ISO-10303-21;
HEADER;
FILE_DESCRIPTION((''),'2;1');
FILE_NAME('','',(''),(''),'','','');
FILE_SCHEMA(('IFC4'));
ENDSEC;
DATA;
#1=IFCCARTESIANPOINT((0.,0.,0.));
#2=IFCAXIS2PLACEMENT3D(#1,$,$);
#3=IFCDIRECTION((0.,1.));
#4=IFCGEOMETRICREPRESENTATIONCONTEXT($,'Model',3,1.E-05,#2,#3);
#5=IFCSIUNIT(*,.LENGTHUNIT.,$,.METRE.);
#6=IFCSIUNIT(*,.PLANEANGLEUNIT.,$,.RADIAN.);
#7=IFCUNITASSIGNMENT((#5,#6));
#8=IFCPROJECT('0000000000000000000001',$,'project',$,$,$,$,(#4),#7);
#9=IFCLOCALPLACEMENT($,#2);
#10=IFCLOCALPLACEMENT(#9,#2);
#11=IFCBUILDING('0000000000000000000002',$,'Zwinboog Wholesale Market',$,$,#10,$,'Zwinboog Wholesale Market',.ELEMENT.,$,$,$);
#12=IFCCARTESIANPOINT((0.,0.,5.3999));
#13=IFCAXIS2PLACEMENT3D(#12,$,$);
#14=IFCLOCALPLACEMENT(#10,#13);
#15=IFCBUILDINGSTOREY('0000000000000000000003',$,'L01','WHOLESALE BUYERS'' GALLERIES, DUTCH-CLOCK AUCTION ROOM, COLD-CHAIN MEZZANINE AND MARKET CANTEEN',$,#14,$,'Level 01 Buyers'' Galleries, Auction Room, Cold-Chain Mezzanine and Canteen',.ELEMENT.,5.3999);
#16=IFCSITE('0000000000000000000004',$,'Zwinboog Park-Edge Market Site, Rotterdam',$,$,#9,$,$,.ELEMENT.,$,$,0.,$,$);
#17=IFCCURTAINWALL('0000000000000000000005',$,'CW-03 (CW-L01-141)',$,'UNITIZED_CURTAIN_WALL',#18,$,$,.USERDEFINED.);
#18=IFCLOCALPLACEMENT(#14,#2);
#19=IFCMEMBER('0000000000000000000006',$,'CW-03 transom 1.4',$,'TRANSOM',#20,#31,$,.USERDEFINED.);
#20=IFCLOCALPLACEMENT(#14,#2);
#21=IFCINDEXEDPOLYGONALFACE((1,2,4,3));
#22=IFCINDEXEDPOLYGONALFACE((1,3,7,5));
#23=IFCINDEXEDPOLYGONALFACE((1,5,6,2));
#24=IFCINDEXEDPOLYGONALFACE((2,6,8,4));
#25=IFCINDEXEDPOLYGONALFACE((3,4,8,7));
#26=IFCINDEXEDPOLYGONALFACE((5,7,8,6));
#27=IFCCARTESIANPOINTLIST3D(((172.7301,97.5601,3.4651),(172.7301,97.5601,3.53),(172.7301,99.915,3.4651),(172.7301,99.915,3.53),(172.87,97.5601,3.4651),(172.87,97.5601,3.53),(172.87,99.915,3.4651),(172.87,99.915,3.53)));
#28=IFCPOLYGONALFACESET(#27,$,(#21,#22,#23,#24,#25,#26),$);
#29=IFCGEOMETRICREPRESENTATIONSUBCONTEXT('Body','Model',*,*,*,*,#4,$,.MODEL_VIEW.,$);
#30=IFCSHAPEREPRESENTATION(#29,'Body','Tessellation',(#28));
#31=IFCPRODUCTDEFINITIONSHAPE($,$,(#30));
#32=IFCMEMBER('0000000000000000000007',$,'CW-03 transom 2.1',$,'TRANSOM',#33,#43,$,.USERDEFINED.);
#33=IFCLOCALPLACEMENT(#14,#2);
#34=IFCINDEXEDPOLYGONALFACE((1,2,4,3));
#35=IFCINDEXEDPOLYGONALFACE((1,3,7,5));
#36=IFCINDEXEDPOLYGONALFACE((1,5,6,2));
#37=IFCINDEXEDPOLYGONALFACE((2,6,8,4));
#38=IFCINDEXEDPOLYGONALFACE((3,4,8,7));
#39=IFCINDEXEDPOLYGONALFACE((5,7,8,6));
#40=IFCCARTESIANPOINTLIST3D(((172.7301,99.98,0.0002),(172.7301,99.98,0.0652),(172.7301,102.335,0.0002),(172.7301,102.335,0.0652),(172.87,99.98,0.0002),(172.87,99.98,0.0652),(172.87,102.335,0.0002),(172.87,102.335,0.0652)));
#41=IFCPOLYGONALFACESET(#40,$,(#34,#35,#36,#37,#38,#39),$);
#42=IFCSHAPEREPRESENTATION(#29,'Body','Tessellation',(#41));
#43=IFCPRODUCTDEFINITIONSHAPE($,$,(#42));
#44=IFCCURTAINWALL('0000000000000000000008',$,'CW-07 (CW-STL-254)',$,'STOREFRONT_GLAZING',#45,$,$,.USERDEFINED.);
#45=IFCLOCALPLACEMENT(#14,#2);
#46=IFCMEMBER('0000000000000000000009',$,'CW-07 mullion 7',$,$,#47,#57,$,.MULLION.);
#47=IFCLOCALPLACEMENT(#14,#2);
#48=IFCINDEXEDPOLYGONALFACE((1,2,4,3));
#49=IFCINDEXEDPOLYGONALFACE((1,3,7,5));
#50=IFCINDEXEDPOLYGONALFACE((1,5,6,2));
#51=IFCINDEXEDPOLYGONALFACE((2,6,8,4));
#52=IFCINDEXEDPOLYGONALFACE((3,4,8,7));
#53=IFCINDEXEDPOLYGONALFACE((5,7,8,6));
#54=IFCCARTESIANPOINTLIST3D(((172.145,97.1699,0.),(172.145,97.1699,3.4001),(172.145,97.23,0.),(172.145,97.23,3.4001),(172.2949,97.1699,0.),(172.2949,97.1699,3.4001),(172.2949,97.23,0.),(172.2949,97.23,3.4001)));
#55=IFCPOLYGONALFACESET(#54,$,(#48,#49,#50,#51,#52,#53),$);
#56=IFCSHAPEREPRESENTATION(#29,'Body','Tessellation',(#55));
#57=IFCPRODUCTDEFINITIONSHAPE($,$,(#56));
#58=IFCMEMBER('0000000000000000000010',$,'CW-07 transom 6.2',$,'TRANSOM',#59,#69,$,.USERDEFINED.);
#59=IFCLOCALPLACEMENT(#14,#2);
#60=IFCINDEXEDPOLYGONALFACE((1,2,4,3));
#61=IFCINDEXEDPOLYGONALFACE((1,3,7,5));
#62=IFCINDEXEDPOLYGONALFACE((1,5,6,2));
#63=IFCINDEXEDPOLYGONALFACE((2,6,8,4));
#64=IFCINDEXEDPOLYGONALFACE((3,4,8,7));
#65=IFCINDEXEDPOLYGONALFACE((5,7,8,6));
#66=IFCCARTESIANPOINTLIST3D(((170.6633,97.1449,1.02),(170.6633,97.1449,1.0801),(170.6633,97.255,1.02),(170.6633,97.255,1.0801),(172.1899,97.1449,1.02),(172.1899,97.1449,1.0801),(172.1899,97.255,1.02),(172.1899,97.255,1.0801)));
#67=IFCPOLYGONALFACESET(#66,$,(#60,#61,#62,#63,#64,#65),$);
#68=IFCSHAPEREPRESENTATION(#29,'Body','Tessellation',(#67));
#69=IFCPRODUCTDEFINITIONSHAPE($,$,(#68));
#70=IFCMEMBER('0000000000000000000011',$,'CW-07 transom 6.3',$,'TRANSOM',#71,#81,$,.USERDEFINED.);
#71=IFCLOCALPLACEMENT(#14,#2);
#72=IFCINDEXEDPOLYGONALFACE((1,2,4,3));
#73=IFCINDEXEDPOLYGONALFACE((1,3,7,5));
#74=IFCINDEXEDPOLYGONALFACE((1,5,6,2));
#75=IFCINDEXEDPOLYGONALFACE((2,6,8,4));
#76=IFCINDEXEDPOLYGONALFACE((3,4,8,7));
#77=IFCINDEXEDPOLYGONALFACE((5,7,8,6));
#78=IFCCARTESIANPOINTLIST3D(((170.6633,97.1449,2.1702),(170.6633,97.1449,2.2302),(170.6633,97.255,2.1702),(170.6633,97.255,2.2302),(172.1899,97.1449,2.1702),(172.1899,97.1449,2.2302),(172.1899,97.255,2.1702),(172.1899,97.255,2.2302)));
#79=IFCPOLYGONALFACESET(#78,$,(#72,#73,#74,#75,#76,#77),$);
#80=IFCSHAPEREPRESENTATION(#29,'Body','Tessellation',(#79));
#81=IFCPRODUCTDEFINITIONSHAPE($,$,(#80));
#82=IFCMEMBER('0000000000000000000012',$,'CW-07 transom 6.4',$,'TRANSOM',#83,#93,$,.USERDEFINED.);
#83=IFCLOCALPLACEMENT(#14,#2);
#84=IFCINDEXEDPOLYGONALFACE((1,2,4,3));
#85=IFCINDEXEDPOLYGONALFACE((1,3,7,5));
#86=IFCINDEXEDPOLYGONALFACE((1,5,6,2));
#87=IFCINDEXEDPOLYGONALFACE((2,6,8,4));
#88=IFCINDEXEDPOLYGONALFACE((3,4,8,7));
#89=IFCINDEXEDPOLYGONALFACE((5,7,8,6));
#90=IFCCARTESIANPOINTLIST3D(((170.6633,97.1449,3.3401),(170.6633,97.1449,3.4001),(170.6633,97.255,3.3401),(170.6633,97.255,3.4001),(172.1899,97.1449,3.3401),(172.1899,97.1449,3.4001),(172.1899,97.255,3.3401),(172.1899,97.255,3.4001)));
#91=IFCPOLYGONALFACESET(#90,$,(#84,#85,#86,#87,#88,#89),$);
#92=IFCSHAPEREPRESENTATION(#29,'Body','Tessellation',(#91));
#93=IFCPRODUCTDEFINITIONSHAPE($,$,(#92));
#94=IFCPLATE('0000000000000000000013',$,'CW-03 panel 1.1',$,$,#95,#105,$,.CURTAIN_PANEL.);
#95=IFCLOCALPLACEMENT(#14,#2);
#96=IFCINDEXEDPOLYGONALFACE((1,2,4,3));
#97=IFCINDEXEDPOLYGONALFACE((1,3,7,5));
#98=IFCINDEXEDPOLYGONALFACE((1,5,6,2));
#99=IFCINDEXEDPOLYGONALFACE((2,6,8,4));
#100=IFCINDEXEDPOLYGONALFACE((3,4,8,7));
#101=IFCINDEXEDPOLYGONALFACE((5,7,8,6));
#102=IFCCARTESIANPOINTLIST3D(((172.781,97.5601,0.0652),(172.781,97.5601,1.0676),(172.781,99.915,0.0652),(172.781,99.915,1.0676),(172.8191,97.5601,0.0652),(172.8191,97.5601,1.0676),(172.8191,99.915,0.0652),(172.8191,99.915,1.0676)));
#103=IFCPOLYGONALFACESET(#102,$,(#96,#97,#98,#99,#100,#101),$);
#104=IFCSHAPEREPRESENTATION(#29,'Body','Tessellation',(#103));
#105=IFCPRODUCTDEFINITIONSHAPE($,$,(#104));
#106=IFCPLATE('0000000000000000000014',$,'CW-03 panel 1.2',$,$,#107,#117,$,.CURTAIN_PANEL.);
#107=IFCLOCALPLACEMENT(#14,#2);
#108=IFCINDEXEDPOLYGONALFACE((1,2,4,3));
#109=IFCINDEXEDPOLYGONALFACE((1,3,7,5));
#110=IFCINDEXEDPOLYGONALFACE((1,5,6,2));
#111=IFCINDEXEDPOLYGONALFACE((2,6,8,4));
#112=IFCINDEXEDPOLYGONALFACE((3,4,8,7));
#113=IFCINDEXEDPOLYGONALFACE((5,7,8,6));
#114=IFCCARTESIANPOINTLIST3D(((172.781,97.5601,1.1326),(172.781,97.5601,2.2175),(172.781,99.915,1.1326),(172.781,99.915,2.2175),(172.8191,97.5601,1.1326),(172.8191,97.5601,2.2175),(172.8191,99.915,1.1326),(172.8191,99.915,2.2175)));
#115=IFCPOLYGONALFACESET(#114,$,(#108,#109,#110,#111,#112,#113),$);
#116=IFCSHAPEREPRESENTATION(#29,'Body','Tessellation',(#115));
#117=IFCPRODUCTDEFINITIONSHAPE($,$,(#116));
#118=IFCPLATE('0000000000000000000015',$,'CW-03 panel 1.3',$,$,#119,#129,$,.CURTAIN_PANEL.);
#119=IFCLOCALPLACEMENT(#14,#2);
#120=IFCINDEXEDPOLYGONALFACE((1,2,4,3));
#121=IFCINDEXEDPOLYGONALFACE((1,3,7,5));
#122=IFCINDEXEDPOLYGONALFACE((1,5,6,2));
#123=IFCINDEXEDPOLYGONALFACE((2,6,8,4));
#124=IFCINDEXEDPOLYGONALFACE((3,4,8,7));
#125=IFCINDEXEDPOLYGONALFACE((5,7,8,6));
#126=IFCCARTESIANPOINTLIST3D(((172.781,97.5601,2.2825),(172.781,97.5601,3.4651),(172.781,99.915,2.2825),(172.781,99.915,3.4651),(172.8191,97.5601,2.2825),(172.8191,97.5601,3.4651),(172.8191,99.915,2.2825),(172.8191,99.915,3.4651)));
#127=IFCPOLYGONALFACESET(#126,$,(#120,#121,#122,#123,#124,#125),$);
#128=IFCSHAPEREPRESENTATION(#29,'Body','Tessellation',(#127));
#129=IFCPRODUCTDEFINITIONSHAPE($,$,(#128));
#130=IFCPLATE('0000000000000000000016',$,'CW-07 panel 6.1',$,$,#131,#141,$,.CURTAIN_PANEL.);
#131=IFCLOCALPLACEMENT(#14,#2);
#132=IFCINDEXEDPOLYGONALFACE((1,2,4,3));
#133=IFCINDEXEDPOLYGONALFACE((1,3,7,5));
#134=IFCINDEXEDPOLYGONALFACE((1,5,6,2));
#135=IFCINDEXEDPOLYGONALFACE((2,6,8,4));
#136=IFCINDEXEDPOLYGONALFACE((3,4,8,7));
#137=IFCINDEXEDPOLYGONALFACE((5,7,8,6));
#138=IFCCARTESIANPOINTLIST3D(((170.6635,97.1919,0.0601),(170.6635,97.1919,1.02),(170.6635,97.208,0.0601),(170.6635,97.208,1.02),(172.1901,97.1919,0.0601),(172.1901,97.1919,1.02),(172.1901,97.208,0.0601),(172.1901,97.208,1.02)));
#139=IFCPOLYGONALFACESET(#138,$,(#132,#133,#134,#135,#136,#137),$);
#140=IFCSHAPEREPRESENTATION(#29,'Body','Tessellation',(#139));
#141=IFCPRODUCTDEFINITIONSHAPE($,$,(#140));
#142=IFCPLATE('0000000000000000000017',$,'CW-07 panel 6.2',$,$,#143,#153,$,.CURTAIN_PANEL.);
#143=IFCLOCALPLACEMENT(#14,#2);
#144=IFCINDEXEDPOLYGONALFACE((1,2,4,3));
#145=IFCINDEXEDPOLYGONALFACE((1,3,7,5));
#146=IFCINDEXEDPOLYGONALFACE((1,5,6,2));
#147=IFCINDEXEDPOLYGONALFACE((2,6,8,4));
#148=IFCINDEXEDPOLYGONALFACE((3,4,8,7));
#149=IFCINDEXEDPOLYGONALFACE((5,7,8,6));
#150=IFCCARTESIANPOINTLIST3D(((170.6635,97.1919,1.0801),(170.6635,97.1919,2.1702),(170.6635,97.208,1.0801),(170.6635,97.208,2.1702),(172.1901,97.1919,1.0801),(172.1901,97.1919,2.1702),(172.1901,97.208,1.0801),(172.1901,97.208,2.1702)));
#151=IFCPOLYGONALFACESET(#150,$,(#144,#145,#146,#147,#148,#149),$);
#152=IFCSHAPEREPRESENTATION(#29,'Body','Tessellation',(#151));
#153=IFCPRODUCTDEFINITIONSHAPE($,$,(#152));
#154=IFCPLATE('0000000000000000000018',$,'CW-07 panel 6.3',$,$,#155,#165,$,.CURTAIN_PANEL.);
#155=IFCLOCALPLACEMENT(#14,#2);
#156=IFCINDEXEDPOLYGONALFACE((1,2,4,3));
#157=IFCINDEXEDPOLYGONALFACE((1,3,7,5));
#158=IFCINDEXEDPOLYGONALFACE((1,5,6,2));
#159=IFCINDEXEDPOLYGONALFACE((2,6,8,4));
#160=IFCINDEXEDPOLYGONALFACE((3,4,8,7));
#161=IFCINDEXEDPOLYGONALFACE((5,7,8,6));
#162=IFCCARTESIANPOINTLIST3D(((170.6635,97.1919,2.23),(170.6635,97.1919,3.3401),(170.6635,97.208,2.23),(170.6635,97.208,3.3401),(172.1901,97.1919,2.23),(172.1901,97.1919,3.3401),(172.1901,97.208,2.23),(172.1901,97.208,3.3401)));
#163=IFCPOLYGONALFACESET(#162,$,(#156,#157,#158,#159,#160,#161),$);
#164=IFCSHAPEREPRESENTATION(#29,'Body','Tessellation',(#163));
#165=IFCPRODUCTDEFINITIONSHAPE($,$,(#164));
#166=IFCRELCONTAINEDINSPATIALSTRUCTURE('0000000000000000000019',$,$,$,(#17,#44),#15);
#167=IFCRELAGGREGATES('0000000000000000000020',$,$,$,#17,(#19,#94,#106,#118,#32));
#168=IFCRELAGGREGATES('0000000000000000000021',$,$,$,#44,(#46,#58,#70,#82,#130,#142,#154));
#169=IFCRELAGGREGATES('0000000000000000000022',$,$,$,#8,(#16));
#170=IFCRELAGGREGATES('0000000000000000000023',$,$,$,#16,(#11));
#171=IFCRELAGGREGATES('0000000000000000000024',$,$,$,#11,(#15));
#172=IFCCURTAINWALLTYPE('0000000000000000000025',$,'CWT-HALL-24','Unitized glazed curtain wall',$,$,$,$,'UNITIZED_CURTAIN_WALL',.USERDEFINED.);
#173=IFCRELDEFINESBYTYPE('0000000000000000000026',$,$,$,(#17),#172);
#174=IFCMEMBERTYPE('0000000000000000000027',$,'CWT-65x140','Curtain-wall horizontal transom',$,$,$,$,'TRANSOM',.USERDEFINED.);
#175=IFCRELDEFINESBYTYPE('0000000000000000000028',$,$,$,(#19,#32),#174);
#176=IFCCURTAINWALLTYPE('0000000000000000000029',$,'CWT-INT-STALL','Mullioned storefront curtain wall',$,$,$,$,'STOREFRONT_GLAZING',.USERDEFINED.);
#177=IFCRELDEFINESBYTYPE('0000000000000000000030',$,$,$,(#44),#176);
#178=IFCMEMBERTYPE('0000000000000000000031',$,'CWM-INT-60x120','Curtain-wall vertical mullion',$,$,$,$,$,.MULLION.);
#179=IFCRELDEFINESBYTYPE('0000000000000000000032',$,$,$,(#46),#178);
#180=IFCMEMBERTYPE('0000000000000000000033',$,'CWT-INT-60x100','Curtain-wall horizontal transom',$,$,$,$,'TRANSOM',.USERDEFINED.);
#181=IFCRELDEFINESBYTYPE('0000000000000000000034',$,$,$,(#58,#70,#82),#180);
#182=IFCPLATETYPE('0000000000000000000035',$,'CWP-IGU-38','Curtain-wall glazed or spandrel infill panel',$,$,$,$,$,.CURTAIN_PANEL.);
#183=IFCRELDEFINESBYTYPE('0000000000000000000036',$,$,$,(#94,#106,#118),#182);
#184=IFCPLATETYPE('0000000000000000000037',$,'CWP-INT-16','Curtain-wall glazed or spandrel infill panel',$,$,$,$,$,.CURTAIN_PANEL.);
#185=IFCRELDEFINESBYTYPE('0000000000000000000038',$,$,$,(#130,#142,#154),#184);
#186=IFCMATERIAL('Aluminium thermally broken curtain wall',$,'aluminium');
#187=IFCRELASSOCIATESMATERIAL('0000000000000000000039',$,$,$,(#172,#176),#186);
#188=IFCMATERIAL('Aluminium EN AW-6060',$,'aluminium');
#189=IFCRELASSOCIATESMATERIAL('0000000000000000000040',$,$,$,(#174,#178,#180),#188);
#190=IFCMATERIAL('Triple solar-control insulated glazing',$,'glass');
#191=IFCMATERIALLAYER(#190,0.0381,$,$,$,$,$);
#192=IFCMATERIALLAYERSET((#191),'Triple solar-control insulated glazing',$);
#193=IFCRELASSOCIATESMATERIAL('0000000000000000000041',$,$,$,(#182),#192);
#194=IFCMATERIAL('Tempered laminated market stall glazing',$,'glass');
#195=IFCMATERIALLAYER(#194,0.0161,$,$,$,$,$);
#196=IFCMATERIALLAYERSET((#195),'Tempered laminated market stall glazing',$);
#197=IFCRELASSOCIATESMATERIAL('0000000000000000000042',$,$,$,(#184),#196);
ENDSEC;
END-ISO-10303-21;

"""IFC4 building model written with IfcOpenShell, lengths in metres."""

from ifc_helpers import new_model, si_unit, direction, frame, origin, origin_2d, place, context, subcontext, project, spatial, rectangle, extrude, material, layer, layer_set, material_profile, profile_set, type_object, element, aggregate, save


model = new_model("IFC4")

# Units and contexts
model_context = context("Model", 3, precision=1e-05, world=origin(), true_north=direction((0.0, 1.0)))
body_context = subcontext(model_context, "Body", "Model", "MODEL_VIEW")
ifc_project = project(units=[si_unit("LENGTHUNIT", "METRE"), si_unit("PLANEANGLEUNIT", "RADIAN")], contexts=[model_context])

# Site, building, storey
site_placement = place(None, origin())
site = spatial("IfcSite", under=ifc_project, at=site_placement, Name="Zwinboog Park-Edge Market Site, Rotterdam", CompositionType="ELEMENT", RefElevation=0.0)
building_placement = place(site_placement, origin())
building = spatial("IfcBuilding", under=site, at=building_placement, Name="Zwinboog Wholesale Market", LongName="Zwinboog Wholesale Market", CompositionType="ELEMENT")
storey_placement = place(building_placement, frame((0.0, 0.0, 5.3999)))
storey = spatial("IfcBuildingStorey", under=building, at=storey_placement, Name="L01", Description="WHOLESALE BUYERS' GALLERIES, DUTCH-CLOCK AUCTION ROOM, COLD-CHAIN MEZZANINE AND MARKET CANTEEN", LongName="Level 01 Buyers' Galleries, Auction Room, Cold-Chain Mezzanine and Canteen", CompositionType="ELEMENT", Elevation=5.3999)

# Curtain walls, members
ifc_material_1 = material(Name="Aluminium thermally broken curtain wall", Category="aluminium")
curtain_wall_type_1 = type_object("IfcCurtainWallType", Name="CWT-HALL-24", Description="Unitized glazed curtain wall", ElementType="UNITIZED_CURTAIN_WALL", PredefinedType="USERDEFINED", material=ifc_material_1)
curtain_wall_1_placement = place(storey_placement, origin())
curtain_wall_1 = element("IfcCurtainWall", 1, at=curtain_wall_1_placement, inside=storey, type_object=curtain_wall_type_1, Name="CW-03 (CW-L01-141)", ObjectType="UNITIZED_CURTAIN_WALL", PredefinedType="USERDEFINED")
ifc_material_2 = material(Name="Aluminium EN AW-6060", Category="aluminium")
ifc_material_profile_1 = material_profile(ifc_material_2, rectangle(XDim=0.1399, YDim=0.0649, at=origin_2d()), Name="AL 65x140")
ifc_profile_set_1 = profile_set([ifc_material_profile_1], Name="Aluminium EN AW-6060")
member_type_1 = type_object("IfcMemberType", Name="CWT-65x140", Description="Curtain-wall horizontal transom", ElementType="TRANSOM", PredefinedType="USERDEFINED", material=ifc_profile_set_1)
member_1_placement = place(storey_placement, frame((172.8, 97.5601, 3.4976), z_axis=(0.0, 1.0, 0.0), x_axis=(-1.0, 0.0, 0.0)))
member_1 = element("IfcMember", 2, at=member_1_placement, type_object=member_type_1, Name="CW-03 transom 1.4", ObjectType="TRANSOM", PredefinedType="USERDEFINED", context=body_context, shape_type="SweptSolid", body=[
    extrude(rectangle(XDim=0.1399, YDim=0.0649, at=origin_2d()), origin(), (0.0, 0.0, 1.0), 2.355),
])
member_2_placement = place(storey_placement, frame((172.8, 99.98, 0.0327), z_axis=(0.0, 1.0, 0.0), x_axis=(-1.0, 0.0, 0.0)))
member_2 = element("IfcMember", 3, at=member_2_placement, type_object=member_type_1, Name="CW-03 transom 2.1", ObjectType="TRANSOM", PredefinedType="USERDEFINED", context=body_context, shape_type="SweptSolid", body=[
    extrude(rectangle(XDim=0.1399, YDim=0.0649, at=origin_2d()), origin(), (0.0, 0.0, 1.0), 2.355),
])
curtain_wall_type_2 = type_object("IfcCurtainWallType", Name="CWT-INT-STALL", Description="Mullioned storefront curtain wall", ElementType="STOREFRONT_GLAZING", PredefinedType="USERDEFINED", material=ifc_material_1)
curtain_wall_2_placement = place(storey_placement, origin())
curtain_wall_2 = element("IfcCurtainWall", 4, at=curtain_wall_2_placement, inside=storey, type_object=curtain_wall_type_2, Name="CW-07 (CW-STL-254)", ObjectType="STOREFRONT_GLAZING", PredefinedType="USERDEFINED")
ifc_material_profile_2 = material_profile(ifc_material_2, rectangle(XDim=0.0601, YDim=0.1499, at=origin_2d()), Name="AL 60x150")
ifc_profile_set_2 = profile_set([ifc_material_profile_2], Name="Aluminium EN AW-6060")
member_type_2 = type_object("IfcMemberType", Name="CWM-INT-60x120", Description="Curtain-wall vertical mullion", PredefinedType="MULLION", material=ifc_profile_set_2)
member_3_placement = place(storey_placement, frame((172.22, 97.2, 0.0), z_axis=(0.0, 0.0, 1.0), x_axis=(0.0, 1.0, 0.0)))
member_3 = element("IfcMember", 5, at=member_3_placement, type_object=member_type_2, Name="CW-07 mullion 7", PredefinedType="MULLION", context=body_context, shape_type="SweptSolid", body=[
    extrude(rectangle(XDim=0.0601, YDim=0.1499, at=origin_2d()), origin(), (0.0, 0.0, 1.0), 3.4001),
])
ifc_material_profile_3 = material_profile(ifc_material_2, rectangle(XDim=0.1101, YDim=0.0601, at=origin_2d()), Name="AL 60x110")
ifc_profile_set_3 = profile_set([ifc_material_profile_3], Name="Aluminium EN AW-6060")
member_type_3 = type_object("IfcMemberType", Name="CWT-INT-60x100", Description="Curtain-wall horizontal transom", ElementType="TRANSOM", PredefinedType="USERDEFINED", material=ifc_profile_set_3)
member_4_placement = place(storey_placement, frame((170.6633, 97.2, 1.05), z_axis=(1.0, 0.0, 0.0), x_axis=(0.0, 1.0, 0.0)))
member_4 = element("IfcMember", 6, at=member_4_placement, type_object=member_type_3, Name="CW-07 transom 6.2", ObjectType="TRANSOM", PredefinedType="USERDEFINED", context=body_context, shape_type="SweptSolid", body=[
    extrude(rectangle(XDim=0.1101, YDim=0.0601, at=origin_2d()), origin(), (0.0, 0.0, 1.0), 1.5266),
])
member_5_placement = place(storey_placement, frame((170.6633, 97.2, 2.2002), z_axis=(1.0, 0.0, 0.0), x_axis=(0.0, 1.0, 0.0)))
member_5 = element("IfcMember", 7, at=member_5_placement, type_object=member_type_3, Name="CW-07 transom 6.3", ObjectType="TRANSOM", PredefinedType="USERDEFINED", context=body_context, shape_type="SweptSolid", body=[
    extrude(rectangle(XDim=0.1101, YDim=0.0601, at=origin_2d()), origin(), (0.0, 0.0, 1.0), 1.5266),
])
member_6_placement = place(storey_placement, frame((170.6633, 97.2, 3.3701), z_axis=(1.0, 0.0, 0.0), x_axis=(0.0, 1.0, 0.0)))
member_6 = element("IfcMember", 8, at=member_6_placement, type_object=member_type_3, Name="CW-07 transom 6.4", ObjectType="TRANSOM", PredefinedType="USERDEFINED", context=body_context, shape_type="SweptSolid", body=[
    extrude(rectangle(XDim=0.1101, YDim=0.0601, at=origin_2d()), origin(), (0.0, 0.0, 1.0), 1.5266),
])

# Plates
ifc_material_3 = material(Name="Triple solar-control insulated glazing", Category="glass")
ifc_layer_1 = layer(ifc_material_3, 0.0381)
ifc_layer_set_1 = layer_set([ifc_layer_1], Name="Triple solar-control insulated glazing")
plate_type_1 = type_object("IfcPlateType", Name="CWP-IGU-38", Description="Curtain-wall glazed or spandrel infill panel", PredefinedType="CURTAIN_PANEL", material=ifc_layer_set_1)
plate_1_placement = place(storey_placement, frame((172.8, 98.7375, 0.0652), z_axis=(0.0, 0.0, 1.0), x_axis=(0.0, 1.0, 0.0)))
plate_1 = element("IfcPlate", 9, at=plate_1_placement, type_object=plate_type_1, Name="CW-03 panel 1.1", PredefinedType="CURTAIN_PANEL", context=body_context, shape_type="SweptSolid", body=[
    extrude(rectangle(XDim=2.355, YDim=0.0381, at=origin_2d()), origin(), (0.0, 0.0, 1.0), 1.0024),
])
plate_2_placement = place(storey_placement, frame((172.8, 98.7375, 1.1326), z_axis=(0.0, 0.0, 1.0), x_axis=(0.0, 1.0, 0.0)))
plate_2 = element("IfcPlate", 10, at=plate_2_placement, type_object=plate_type_1, Name="CW-03 panel 1.2", PredefinedType="CURTAIN_PANEL", context=body_context, shape_type="SweptSolid", body=[
    extrude(rectangle(XDim=2.355, YDim=0.0381, at=origin_2d()), origin(), (0.0, 0.0, 1.0), 1.085),
])
plate_3_placement = place(storey_placement, frame((172.8, 98.7375, 2.2825), z_axis=(0.0, 0.0, 1.0), x_axis=(0.0, 1.0, 0.0)))
plate_3 = element("IfcPlate", 11, at=plate_3_placement, type_object=plate_type_1, Name="CW-03 panel 1.3", PredefinedType="CURTAIN_PANEL", context=body_context, shape_type="SweptSolid", body=[
    extrude(rectangle(XDim=2.355, YDim=0.0381, at=origin_2d()), origin(), (0.0, 0.0, 1.0), 1.1826),
])
aggregate(curtain_wall_1, [member_1, plate_1, plate_2, plate_3, member_2])
ifc_material_4 = material(Name="Tempered laminated market stall glazing", Category="glass")
ifc_layer_2 = layer(ifc_material_4, 0.0161)
ifc_layer_set_2 = layer_set([ifc_layer_2], Name="Tempered laminated market stall glazing")
plate_type_2 = type_object("IfcPlateType", Name="CWP-INT-16", Description="Curtain-wall glazed or spandrel infill panel", PredefinedType="CURTAIN_PANEL", material=ifc_layer_set_2)
plate_4_placement = place(storey_placement, frame((171.4268, 97.2, 0.0601), z_axis=(0.0, 0.0, 1.0), x_axis=(1.0, 0.0, 0.0)))
plate_4 = element("IfcPlate", 12, at=plate_4_placement, type_object=plate_type_2, Name="CW-07 panel 6.1", PredefinedType="CURTAIN_PANEL", context=body_context, shape_type="SweptSolid", body=[
    extrude(rectangle(XDim=1.5266, YDim=0.0161, at=origin_2d()), origin(), (0.0, 0.0, 1.0), 0.96),
])
plate_5_placement = place(storey_placement, frame((171.4268, 97.2, 1.0801), z_axis=(0.0, 0.0, 1.0), x_axis=(1.0, 0.0, 0.0)))
plate_5 = element("IfcPlate", 13, at=plate_5_placement, type_object=plate_type_2, Name="CW-07 panel 6.2", PredefinedType="CURTAIN_PANEL", context=body_context, shape_type="SweptSolid", body=[
    extrude(rectangle(XDim=1.5266, YDim=0.0161, at=origin_2d()), origin(), (0.0, 0.0, 1.0), 1.0901),
])
plate_6_placement = place(storey_placement, frame((171.4268, 97.2, 2.23), z_axis=(0.0, 0.0, 1.0), x_axis=(1.0, 0.0, 0.0)))
plate_6 = element("IfcPlate", 14, at=plate_6_placement, type_object=plate_type_2, Name="CW-07 panel 6.3", PredefinedType="CURTAIN_PANEL", context=body_context, shape_type="SweptSolid", body=[
    extrude(rectangle(XDim=1.5266, YDim=0.0161, at=origin_2d()), origin(), (0.0, 0.0, 1.0), 1.1101),
])
aggregate(curtain_wall_2, [member_3, member_4, member_5, member_6, plate_4, plate_5, plate_6])

save(model, "model.ifc")
